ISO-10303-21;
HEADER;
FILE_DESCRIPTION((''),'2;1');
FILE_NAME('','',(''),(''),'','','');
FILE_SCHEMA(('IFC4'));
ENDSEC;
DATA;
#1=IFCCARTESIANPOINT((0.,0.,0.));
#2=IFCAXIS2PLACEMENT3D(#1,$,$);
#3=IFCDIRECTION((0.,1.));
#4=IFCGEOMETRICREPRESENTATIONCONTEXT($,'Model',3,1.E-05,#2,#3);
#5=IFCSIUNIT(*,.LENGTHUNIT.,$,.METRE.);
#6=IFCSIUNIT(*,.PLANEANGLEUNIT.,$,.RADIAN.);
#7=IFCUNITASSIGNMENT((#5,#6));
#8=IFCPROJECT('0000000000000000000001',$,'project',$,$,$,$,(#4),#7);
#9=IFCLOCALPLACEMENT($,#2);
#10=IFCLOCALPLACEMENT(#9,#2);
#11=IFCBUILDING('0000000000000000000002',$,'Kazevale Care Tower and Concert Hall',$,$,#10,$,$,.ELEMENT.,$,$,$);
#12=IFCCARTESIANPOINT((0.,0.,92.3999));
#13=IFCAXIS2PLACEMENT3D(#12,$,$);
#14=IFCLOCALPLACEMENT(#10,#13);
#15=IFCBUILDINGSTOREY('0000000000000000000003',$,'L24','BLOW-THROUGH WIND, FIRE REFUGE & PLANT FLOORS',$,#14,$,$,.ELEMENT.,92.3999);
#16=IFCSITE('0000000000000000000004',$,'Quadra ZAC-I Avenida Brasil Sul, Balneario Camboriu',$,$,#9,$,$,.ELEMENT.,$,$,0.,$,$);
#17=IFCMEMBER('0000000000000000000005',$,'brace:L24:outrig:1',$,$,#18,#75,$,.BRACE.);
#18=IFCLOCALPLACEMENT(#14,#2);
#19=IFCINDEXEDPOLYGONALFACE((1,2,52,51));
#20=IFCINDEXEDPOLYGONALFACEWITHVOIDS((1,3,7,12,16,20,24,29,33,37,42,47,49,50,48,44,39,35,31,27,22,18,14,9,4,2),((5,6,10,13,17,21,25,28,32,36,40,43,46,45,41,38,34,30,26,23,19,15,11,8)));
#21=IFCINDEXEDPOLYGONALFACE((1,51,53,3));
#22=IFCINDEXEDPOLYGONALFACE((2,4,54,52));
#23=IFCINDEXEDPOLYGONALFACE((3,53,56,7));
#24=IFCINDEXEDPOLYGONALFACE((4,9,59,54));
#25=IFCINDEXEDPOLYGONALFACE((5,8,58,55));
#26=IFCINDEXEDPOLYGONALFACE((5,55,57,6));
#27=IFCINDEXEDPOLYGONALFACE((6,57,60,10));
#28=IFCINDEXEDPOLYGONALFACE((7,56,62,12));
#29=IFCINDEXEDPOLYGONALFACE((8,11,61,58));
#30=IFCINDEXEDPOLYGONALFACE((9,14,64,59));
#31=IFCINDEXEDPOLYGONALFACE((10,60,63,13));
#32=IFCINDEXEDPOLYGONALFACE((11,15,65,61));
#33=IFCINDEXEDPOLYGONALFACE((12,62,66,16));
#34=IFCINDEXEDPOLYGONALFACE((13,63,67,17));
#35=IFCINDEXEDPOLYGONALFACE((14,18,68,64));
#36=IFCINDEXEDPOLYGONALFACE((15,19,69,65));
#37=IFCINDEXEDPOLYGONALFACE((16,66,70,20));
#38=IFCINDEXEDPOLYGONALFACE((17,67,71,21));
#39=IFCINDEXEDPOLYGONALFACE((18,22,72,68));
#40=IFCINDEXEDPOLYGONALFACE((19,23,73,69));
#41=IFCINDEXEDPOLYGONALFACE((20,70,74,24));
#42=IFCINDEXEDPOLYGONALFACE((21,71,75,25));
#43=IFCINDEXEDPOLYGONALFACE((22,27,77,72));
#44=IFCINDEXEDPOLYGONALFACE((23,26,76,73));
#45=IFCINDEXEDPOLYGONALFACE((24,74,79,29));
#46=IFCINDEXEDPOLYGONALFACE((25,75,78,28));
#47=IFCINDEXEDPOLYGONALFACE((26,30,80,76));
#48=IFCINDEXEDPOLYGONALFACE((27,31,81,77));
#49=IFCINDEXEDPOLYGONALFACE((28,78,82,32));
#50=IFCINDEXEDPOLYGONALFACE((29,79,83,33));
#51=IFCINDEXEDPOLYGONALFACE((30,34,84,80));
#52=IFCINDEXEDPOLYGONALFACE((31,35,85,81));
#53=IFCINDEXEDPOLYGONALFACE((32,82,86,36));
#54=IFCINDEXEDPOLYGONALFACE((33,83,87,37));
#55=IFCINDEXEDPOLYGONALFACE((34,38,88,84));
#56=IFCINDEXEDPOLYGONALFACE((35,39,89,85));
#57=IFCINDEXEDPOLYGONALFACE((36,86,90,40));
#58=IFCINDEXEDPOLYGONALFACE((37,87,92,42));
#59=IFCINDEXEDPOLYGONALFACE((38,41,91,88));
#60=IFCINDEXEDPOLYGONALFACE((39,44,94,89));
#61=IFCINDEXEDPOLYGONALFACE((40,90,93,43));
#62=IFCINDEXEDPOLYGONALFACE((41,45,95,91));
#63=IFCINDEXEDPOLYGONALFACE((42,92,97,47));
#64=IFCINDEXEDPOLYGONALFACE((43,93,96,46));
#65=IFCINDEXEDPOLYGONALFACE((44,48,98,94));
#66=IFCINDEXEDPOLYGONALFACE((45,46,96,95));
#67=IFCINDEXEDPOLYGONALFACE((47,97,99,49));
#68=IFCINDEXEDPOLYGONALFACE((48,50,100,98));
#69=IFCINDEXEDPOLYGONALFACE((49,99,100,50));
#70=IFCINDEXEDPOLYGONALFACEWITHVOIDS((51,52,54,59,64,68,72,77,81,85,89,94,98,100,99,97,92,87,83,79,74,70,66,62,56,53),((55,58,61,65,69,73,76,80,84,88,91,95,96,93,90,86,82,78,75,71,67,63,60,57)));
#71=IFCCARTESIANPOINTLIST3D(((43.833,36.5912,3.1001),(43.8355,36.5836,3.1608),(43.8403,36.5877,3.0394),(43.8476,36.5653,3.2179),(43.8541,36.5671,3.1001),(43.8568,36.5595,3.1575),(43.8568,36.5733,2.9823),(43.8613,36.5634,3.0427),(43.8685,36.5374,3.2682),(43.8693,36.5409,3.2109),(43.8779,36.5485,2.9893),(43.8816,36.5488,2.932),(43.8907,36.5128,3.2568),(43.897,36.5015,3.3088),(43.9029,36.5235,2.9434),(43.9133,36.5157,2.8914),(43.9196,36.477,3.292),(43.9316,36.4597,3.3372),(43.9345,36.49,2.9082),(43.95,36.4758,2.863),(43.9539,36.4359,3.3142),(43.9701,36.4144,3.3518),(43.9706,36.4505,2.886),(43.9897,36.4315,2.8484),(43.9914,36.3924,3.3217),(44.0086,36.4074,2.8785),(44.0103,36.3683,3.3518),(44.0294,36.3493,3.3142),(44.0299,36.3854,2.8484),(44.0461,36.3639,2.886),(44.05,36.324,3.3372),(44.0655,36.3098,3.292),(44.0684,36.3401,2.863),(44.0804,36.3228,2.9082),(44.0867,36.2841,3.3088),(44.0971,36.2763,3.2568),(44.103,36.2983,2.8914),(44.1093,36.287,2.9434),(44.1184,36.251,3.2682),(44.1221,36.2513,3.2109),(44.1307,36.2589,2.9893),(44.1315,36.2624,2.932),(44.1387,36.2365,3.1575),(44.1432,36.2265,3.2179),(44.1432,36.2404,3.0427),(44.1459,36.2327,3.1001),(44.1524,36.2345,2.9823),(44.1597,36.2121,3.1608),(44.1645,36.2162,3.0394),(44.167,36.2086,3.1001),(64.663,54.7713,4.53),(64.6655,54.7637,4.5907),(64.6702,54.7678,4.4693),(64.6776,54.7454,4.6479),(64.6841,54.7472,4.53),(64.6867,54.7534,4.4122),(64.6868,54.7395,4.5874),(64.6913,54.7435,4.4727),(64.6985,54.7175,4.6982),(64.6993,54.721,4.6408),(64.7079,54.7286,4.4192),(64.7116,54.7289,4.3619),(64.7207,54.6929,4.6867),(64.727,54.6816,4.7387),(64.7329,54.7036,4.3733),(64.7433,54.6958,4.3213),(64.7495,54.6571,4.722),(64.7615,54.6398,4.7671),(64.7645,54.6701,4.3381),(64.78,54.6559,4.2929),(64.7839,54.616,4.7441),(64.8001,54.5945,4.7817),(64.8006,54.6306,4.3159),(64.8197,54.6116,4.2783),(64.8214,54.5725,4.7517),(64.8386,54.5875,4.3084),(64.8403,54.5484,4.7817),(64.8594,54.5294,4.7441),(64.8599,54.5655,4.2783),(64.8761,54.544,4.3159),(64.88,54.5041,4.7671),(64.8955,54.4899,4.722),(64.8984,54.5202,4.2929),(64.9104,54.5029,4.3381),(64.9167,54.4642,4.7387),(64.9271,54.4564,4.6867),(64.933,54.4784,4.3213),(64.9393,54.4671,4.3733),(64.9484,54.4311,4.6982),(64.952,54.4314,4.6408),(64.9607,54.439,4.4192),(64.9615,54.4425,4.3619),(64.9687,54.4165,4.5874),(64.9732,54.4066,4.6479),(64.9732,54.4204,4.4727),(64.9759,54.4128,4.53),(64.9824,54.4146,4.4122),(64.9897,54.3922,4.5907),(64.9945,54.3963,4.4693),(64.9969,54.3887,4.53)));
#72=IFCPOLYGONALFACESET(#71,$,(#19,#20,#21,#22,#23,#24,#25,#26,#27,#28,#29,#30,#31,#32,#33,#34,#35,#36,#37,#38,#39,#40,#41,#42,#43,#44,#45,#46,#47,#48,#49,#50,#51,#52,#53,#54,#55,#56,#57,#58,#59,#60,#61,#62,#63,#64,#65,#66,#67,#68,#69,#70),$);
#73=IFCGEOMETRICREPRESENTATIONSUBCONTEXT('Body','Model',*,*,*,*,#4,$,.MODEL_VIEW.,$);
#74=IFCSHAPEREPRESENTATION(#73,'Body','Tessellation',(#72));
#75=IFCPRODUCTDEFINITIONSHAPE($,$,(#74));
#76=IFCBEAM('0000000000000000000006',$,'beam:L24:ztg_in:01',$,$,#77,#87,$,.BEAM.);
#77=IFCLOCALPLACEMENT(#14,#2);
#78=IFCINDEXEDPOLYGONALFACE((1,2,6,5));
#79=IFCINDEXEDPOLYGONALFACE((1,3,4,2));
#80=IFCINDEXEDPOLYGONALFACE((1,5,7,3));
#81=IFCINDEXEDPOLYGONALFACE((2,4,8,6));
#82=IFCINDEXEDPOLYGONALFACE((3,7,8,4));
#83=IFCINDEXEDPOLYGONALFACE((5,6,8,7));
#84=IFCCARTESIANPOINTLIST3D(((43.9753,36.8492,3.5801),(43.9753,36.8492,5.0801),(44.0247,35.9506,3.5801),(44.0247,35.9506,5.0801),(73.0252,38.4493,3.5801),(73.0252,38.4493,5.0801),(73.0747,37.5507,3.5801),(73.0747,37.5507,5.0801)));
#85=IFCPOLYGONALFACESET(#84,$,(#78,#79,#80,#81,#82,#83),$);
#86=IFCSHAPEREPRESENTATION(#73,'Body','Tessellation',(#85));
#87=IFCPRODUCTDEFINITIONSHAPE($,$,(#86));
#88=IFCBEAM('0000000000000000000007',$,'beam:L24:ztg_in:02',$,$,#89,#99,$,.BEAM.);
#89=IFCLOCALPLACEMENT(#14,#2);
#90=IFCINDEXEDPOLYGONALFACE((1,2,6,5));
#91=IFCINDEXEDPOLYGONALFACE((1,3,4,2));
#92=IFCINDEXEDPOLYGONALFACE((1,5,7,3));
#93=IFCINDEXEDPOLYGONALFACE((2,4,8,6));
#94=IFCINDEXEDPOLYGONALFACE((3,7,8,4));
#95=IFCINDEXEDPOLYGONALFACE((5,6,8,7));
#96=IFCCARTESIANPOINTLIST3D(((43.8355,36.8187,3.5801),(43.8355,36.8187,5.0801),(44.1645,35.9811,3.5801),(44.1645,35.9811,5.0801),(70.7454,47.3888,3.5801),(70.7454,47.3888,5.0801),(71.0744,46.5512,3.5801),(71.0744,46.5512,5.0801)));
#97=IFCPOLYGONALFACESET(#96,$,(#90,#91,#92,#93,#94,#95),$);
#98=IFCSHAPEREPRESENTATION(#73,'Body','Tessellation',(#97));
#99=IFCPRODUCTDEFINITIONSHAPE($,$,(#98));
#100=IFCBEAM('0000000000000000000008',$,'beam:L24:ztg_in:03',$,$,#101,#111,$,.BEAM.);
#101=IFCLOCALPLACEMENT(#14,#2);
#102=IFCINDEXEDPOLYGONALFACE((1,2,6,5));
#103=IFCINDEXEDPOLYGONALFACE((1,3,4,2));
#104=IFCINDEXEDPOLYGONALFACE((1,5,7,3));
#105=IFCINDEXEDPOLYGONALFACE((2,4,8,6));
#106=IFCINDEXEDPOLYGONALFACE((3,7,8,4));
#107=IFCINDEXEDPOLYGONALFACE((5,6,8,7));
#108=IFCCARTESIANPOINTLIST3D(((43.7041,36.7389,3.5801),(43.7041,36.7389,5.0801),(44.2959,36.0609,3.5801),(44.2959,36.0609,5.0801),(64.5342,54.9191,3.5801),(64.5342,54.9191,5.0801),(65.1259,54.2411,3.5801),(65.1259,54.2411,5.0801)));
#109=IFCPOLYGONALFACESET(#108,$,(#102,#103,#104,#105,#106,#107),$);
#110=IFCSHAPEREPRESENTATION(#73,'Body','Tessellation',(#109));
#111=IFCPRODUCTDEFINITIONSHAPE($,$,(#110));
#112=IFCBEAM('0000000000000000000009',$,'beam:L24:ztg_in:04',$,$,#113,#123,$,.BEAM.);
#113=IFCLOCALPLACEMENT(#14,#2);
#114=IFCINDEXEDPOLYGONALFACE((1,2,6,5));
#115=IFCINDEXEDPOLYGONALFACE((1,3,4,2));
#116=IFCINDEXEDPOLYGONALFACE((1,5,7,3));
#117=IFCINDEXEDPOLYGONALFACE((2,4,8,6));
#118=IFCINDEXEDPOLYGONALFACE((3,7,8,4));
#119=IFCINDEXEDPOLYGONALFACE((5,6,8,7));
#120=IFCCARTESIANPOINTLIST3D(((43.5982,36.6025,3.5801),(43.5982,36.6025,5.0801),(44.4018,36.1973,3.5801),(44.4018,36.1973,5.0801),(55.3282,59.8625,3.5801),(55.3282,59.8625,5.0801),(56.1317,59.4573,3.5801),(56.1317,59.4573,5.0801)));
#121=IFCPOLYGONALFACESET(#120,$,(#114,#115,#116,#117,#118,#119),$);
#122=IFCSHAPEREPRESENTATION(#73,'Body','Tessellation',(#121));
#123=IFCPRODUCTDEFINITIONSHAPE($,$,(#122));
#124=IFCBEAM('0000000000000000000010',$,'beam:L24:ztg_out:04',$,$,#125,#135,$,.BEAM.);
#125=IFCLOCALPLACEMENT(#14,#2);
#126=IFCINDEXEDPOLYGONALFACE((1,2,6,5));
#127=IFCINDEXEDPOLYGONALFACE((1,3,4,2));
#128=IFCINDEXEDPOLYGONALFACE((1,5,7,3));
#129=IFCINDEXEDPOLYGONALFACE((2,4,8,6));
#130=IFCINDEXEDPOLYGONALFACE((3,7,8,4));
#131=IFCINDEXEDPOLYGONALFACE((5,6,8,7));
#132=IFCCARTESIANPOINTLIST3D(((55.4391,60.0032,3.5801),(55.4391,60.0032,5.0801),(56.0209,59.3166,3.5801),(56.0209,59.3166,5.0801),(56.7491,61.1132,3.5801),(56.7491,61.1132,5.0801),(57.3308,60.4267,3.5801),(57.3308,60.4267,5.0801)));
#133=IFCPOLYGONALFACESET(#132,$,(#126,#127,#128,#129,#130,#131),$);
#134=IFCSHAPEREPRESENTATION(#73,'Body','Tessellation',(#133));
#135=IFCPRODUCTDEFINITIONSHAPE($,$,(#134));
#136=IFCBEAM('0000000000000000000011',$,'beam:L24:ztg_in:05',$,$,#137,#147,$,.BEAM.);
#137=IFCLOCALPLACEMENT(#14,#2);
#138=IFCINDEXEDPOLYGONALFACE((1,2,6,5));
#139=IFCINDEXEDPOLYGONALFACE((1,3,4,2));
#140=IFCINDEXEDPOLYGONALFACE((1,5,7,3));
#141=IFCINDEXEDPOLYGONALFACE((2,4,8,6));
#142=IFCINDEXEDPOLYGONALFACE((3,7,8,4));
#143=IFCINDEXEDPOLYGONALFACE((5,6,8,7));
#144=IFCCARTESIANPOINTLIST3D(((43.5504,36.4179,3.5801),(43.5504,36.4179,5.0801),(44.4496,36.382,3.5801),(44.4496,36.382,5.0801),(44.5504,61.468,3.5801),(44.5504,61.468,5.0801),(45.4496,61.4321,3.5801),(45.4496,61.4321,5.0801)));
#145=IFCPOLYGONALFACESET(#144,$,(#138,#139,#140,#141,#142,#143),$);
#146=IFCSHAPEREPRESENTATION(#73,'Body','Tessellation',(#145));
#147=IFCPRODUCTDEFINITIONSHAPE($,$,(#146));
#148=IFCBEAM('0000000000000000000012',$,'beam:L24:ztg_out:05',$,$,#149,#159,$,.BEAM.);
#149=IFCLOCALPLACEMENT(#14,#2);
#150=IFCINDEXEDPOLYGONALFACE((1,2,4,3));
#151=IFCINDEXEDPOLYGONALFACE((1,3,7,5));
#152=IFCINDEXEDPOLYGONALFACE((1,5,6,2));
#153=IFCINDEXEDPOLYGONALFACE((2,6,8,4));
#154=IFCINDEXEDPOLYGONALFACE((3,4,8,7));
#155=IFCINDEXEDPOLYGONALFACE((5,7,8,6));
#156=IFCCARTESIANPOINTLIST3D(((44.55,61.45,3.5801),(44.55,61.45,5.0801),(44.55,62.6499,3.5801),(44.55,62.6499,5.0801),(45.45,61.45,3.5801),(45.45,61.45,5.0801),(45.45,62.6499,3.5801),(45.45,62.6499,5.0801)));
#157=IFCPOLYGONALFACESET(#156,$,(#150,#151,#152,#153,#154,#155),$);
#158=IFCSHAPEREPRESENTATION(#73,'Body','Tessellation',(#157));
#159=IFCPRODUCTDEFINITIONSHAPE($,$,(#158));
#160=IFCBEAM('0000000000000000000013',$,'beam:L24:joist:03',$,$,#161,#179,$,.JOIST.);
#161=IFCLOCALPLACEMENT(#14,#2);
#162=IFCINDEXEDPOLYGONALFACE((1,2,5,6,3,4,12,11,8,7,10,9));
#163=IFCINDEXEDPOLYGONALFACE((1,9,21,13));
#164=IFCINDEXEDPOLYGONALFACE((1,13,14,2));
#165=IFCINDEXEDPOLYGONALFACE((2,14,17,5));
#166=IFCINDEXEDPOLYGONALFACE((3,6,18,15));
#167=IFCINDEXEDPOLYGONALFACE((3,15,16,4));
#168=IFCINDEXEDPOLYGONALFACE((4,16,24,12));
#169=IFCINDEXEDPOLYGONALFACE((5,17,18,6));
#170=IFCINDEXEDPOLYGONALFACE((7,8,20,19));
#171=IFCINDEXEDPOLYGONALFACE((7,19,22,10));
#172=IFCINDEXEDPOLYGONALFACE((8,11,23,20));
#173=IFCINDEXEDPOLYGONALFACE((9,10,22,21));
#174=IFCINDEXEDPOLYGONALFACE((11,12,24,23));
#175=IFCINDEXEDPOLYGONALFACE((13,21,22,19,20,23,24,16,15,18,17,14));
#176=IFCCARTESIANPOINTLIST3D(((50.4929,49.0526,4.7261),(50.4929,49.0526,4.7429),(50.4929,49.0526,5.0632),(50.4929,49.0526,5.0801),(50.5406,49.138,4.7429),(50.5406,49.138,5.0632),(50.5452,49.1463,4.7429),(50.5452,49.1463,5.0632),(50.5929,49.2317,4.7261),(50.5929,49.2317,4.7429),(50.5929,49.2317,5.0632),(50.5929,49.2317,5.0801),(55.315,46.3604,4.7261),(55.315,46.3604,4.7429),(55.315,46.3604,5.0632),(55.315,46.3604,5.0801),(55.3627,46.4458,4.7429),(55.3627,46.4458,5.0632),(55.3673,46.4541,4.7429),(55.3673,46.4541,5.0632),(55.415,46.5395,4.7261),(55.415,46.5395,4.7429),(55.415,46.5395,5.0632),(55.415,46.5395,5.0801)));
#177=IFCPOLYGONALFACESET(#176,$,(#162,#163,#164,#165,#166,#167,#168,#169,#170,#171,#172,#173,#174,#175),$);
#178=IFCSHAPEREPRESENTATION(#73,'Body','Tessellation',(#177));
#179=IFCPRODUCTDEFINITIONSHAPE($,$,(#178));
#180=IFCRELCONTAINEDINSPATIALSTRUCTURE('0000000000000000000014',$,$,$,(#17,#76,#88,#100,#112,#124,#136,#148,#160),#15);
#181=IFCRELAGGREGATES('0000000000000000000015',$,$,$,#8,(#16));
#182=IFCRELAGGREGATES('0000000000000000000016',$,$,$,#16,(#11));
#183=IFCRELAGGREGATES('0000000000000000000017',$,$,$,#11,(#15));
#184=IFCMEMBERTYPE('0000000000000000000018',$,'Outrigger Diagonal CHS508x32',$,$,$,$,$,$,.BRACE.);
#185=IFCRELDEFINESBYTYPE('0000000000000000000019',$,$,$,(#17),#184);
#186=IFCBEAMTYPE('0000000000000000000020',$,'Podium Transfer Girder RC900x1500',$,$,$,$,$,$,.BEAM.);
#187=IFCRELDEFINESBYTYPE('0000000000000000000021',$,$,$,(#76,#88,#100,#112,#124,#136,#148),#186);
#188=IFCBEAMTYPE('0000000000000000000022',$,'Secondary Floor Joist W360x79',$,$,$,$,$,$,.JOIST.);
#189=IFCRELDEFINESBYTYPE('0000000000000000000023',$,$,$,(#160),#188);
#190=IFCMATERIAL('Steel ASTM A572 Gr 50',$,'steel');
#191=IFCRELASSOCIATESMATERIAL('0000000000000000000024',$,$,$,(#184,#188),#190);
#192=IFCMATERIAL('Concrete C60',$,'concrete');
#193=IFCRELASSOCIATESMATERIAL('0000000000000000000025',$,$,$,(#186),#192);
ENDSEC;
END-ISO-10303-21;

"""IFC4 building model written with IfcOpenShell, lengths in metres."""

from ifc_helpers import new_model, si_unit, direction, frame, origin, origin_2d, place, context, subcontext, project, spatial, rectangle, hollow_circle, i_section, extrude, material, material_profile, profile_set, type_object, element, save


model = new_model("IFC4")

# Units and contexts
model_context = context("Model", 3, precision=1e-05, world=origin(), true_north=direction((0.0, 1.0)))
body_context = subcontext(model_context, "Body", "Model", "MODEL_VIEW")
ifc_project = project(units=[si_unit("LENGTHUNIT", "METRE"), si_unit("PLANEANGLEUNIT", "RADIAN")], contexts=[model_context])

# Site, building, storey
site_placement = place(None, origin())
site = spatial("IfcSite", under=ifc_project, at=site_placement, Name="Quadra ZAC-I Avenida Brasil Sul, Balneario Camboriu", CompositionType="ELEMENT", RefElevation=0.0)
building_placement = place(site_placement, origin())
building = spatial("IfcBuilding", under=site, at=building_placement, Name="Kazevale Care Tower and Concert Hall", CompositionType="ELEMENT")
storey_placement = place(building_placement, frame((0.0, 0.0, 92.3999)))
storey = spatial("IfcBuildingStorey", under=building, at=storey_placement, Name="L24", Description="BLOW-THROUGH WIND, FIRE REFUGE & PLANT FLOORS", CompositionType="ELEMENT", Elevation=92.3999)

# Shared definitions
ifc_material_1 = material(Name="Steel ASTM A572 Gr 50", Category="steel")

# Shared definitions
ifc_material_2 = material(Name="Concrete C60", Category="concrete")

# Member
ifc_material_profile_1 = material_profile(ifc_material_1, hollow_circle(Radius=0.2539, WallThickness=0.032, at=origin_2d()), Name="CHS508x32")
ifc_profile_set_1 = profile_set([ifc_material_profile_1], Name="Steel ASTM A572 Gr 50")
member_type_1 = type_object("IfcMemberType", Name="Outrigger Diagonal CHS508x32", PredefinedType="BRACE", material=ifc_profile_set_1)
member_1_placement = place(storey_placement, frame((44.0, 36.3999, 3.1001), z_axis=(0.752398, 0.656681, 0.05165), x_axis=(-0.657559, 0.753403, 0.0)))
element("IfcMember", 1, at=member_1_placement, inside=storey, type_object=member_type_1, Name="brace:L24:outrig:1", PredefinedType="BRACE", context=body_context, shape_type="SweptSolid", body=[
    extrude(hollow_circle(Radius=0.2539, WallThickness=0.032, at=origin_2d()), origin(), (0.0, 0.0, 1.0), 27.6848),
])

# Beams
ifc_material_profile_2 = material_profile(ifc_material_2, rectangle(XDim=0.8999, YDim=1.5, at=origin_2d()), Name="RC-TG900x1500")
ifc_profile_set_2 = profile_set([ifc_material_profile_2], Name="Concrete C60")
beam_type_1 = type_object("IfcBeamType", Name="Podium Transfer Girder RC900x1500", PredefinedType="BEAM", material=ifc_profile_set_2)
beam_1_placement = place(storey_placement, frame((44.0, 36.3999, 4.3301), z_axis=(0.998487, 0.054997, 0.0), x_axis=(-0.054997, 0.998487, 0.0)))
element("IfcBeam", 2, at=beam_1_placement, inside=storey, type_object=beam_type_1, Name="beam:L24:ztg_in:01", PredefinedType="BEAM", context=body_context, shape_type="SweptSolid", body=[
    extrude(rectangle(XDim=0.8999, YDim=1.5, at=origin_2d()), origin(), (0.0, 0.0, 1.0), 29.094),
])
beam_2_placement = place(storey_placement, frame((44.0, 36.3999, 4.3301), z_axis=(0.930771, 0.365602, 0.0), x_axis=(-0.365602, 0.930771, 0.0)))
element("IfcBeam", 3, at=beam_2_placement, inside=storey, type_object=beam_type_1, Name="beam:L24:ztg_in:02", PredefinedType="BEAM", context=body_context, shape_type="SweptSolid", body=[
    extrude(rectangle(XDim=0.8999, YDim=1.5, at=origin_2d()), origin(), (0.0, 0.0, 1.0), 28.9114),
])
beam_3_placement = place(storey_placement, frame((44.0, 36.3999, 4.3301), z_axis=(0.753403, 0.657559, 0.0), x_axis=(-0.657559, 0.753403, 0.0)))
element("IfcBeam", 4, at=beam_3_placement, inside=storey, type_object=beam_type_1, Name="beam:L24:ztg_in:03", PredefinedType="BEAM", context=body_context, shape_type="SweptSolid", body=[
    extrude(rectangle(XDim=0.8999, YDim=1.5, at=origin_2d()), origin(), (0.0, 0.0, 1.0), 27.6479),
])
beam_4_placement = place(storey_placement, frame((44.0, 36.3999, 4.3301), z_axis=(0.450281, 0.892887, 0.0), x_axis=(-0.892887, 0.450281, 0.0)))
element("IfcBeam", 5, at=beam_4_placement, inside=storey, type_object=beam_type_1, Name="beam:L24:ztg_in:04", PredefinedType="BEAM", context=body_context, shape_type="SweptSolid", body=[
    extrude(rectangle(XDim=0.8999, YDim=1.5, at=origin_2d()), origin(), (0.0, 0.0, 1.0), 26.0503),
])
beam_5_placement = place(storey_placement, frame((55.73, 59.6599, 4.3301), z_axis=(0.762928, 0.646484, 0.0), x_axis=(-0.646484, 0.762928, 0.0)))
element("IfcBeam", 6, at=beam_5_placement, inside=storey, type_object=beam_type_1, Name="beam:L24:ztg_out:04", PredefinedType="BEAM", context=body_context, shape_type="SweptSolid", body=[
    extrude(rectangle(XDim=0.8999, YDim=1.5, at=origin_2d()), origin(), (0.0, 0.0, 1.0), 1.717),
])
beam_6_placement = place(storey_placement, frame((44.0, 36.3999, 4.3301), z_axis=(0.039888, 0.999204, 0.0), x_axis=(-0.999204, 0.039888, 0.0)))
element("IfcBeam", 7, at=beam_6_placement, inside=storey, type_object=beam_type_1, Name="beam:L24:ztg_in:05", PredefinedType="BEAM", context=body_context, shape_type="SweptSolid", body=[
    extrude(rectangle(XDim=0.8999, YDim=1.5, at=origin_2d()), origin(), (0.0, 0.0, 1.0), 25.0701),
])
beam_7_placement = place(storey_placement, frame((45.0, 61.45, 4.3301), z_axis=(0.0, 1.0, 0.0), x_axis=(-1.0, 0.0, 0.0)))
element("IfcBeam", 8, at=beam_7_placement, inside=storey, type_object=beam_type_1, Name="beam:L24:ztg_out:05", PredefinedType="BEAM", context=body_context, shape_type="SweptSolid", body=[
    extrude(rectangle(XDim=0.8999, YDim=1.5, at=origin_2d()), origin(), (0.0, 0.0, 1.0), 1.2),
])
ifc_material_profile_3 = material_profile(ifc_material_1, i_section(OverallWidth=0.2051, OverallDepth=0.354, WebThickness=0.0095, FlangeThickness=0.0168, at=origin_2d()), Name="W360x79")
ifc_profile_set_3 = profile_set([ifc_material_profile_3], Name="Steel ASTM A572 Gr 50")
beam_type_2 = type_object("IfcBeamType", Name="Secondary Floor Joist W360x79", PredefinedType="JOIST", material=ifc_profile_set_3)
beam_8_placement = place(storey_placement, frame((55.365, 46.45, 4.9031), z_axis=(-0.873138, 0.487474, 0.0), x_axis=(-0.487474, -0.873138, 0.0)))
element("IfcBeam", 9, at=beam_8_placement, inside=storey, type_object=beam_type_2, Name="beam:L24:joist:03", PredefinedType="JOIST", context=body_context, shape_type="SweptSolid", body=[
    extrude(i_section(OverallWidth=0.2051, OverallDepth=0.354, WebThickness=0.0095, FlangeThickness=0.0168, at=origin_2d()), origin(), (0.0, 0.0, 1.0), 5.5227),
])

save(model, "model.ifc")
